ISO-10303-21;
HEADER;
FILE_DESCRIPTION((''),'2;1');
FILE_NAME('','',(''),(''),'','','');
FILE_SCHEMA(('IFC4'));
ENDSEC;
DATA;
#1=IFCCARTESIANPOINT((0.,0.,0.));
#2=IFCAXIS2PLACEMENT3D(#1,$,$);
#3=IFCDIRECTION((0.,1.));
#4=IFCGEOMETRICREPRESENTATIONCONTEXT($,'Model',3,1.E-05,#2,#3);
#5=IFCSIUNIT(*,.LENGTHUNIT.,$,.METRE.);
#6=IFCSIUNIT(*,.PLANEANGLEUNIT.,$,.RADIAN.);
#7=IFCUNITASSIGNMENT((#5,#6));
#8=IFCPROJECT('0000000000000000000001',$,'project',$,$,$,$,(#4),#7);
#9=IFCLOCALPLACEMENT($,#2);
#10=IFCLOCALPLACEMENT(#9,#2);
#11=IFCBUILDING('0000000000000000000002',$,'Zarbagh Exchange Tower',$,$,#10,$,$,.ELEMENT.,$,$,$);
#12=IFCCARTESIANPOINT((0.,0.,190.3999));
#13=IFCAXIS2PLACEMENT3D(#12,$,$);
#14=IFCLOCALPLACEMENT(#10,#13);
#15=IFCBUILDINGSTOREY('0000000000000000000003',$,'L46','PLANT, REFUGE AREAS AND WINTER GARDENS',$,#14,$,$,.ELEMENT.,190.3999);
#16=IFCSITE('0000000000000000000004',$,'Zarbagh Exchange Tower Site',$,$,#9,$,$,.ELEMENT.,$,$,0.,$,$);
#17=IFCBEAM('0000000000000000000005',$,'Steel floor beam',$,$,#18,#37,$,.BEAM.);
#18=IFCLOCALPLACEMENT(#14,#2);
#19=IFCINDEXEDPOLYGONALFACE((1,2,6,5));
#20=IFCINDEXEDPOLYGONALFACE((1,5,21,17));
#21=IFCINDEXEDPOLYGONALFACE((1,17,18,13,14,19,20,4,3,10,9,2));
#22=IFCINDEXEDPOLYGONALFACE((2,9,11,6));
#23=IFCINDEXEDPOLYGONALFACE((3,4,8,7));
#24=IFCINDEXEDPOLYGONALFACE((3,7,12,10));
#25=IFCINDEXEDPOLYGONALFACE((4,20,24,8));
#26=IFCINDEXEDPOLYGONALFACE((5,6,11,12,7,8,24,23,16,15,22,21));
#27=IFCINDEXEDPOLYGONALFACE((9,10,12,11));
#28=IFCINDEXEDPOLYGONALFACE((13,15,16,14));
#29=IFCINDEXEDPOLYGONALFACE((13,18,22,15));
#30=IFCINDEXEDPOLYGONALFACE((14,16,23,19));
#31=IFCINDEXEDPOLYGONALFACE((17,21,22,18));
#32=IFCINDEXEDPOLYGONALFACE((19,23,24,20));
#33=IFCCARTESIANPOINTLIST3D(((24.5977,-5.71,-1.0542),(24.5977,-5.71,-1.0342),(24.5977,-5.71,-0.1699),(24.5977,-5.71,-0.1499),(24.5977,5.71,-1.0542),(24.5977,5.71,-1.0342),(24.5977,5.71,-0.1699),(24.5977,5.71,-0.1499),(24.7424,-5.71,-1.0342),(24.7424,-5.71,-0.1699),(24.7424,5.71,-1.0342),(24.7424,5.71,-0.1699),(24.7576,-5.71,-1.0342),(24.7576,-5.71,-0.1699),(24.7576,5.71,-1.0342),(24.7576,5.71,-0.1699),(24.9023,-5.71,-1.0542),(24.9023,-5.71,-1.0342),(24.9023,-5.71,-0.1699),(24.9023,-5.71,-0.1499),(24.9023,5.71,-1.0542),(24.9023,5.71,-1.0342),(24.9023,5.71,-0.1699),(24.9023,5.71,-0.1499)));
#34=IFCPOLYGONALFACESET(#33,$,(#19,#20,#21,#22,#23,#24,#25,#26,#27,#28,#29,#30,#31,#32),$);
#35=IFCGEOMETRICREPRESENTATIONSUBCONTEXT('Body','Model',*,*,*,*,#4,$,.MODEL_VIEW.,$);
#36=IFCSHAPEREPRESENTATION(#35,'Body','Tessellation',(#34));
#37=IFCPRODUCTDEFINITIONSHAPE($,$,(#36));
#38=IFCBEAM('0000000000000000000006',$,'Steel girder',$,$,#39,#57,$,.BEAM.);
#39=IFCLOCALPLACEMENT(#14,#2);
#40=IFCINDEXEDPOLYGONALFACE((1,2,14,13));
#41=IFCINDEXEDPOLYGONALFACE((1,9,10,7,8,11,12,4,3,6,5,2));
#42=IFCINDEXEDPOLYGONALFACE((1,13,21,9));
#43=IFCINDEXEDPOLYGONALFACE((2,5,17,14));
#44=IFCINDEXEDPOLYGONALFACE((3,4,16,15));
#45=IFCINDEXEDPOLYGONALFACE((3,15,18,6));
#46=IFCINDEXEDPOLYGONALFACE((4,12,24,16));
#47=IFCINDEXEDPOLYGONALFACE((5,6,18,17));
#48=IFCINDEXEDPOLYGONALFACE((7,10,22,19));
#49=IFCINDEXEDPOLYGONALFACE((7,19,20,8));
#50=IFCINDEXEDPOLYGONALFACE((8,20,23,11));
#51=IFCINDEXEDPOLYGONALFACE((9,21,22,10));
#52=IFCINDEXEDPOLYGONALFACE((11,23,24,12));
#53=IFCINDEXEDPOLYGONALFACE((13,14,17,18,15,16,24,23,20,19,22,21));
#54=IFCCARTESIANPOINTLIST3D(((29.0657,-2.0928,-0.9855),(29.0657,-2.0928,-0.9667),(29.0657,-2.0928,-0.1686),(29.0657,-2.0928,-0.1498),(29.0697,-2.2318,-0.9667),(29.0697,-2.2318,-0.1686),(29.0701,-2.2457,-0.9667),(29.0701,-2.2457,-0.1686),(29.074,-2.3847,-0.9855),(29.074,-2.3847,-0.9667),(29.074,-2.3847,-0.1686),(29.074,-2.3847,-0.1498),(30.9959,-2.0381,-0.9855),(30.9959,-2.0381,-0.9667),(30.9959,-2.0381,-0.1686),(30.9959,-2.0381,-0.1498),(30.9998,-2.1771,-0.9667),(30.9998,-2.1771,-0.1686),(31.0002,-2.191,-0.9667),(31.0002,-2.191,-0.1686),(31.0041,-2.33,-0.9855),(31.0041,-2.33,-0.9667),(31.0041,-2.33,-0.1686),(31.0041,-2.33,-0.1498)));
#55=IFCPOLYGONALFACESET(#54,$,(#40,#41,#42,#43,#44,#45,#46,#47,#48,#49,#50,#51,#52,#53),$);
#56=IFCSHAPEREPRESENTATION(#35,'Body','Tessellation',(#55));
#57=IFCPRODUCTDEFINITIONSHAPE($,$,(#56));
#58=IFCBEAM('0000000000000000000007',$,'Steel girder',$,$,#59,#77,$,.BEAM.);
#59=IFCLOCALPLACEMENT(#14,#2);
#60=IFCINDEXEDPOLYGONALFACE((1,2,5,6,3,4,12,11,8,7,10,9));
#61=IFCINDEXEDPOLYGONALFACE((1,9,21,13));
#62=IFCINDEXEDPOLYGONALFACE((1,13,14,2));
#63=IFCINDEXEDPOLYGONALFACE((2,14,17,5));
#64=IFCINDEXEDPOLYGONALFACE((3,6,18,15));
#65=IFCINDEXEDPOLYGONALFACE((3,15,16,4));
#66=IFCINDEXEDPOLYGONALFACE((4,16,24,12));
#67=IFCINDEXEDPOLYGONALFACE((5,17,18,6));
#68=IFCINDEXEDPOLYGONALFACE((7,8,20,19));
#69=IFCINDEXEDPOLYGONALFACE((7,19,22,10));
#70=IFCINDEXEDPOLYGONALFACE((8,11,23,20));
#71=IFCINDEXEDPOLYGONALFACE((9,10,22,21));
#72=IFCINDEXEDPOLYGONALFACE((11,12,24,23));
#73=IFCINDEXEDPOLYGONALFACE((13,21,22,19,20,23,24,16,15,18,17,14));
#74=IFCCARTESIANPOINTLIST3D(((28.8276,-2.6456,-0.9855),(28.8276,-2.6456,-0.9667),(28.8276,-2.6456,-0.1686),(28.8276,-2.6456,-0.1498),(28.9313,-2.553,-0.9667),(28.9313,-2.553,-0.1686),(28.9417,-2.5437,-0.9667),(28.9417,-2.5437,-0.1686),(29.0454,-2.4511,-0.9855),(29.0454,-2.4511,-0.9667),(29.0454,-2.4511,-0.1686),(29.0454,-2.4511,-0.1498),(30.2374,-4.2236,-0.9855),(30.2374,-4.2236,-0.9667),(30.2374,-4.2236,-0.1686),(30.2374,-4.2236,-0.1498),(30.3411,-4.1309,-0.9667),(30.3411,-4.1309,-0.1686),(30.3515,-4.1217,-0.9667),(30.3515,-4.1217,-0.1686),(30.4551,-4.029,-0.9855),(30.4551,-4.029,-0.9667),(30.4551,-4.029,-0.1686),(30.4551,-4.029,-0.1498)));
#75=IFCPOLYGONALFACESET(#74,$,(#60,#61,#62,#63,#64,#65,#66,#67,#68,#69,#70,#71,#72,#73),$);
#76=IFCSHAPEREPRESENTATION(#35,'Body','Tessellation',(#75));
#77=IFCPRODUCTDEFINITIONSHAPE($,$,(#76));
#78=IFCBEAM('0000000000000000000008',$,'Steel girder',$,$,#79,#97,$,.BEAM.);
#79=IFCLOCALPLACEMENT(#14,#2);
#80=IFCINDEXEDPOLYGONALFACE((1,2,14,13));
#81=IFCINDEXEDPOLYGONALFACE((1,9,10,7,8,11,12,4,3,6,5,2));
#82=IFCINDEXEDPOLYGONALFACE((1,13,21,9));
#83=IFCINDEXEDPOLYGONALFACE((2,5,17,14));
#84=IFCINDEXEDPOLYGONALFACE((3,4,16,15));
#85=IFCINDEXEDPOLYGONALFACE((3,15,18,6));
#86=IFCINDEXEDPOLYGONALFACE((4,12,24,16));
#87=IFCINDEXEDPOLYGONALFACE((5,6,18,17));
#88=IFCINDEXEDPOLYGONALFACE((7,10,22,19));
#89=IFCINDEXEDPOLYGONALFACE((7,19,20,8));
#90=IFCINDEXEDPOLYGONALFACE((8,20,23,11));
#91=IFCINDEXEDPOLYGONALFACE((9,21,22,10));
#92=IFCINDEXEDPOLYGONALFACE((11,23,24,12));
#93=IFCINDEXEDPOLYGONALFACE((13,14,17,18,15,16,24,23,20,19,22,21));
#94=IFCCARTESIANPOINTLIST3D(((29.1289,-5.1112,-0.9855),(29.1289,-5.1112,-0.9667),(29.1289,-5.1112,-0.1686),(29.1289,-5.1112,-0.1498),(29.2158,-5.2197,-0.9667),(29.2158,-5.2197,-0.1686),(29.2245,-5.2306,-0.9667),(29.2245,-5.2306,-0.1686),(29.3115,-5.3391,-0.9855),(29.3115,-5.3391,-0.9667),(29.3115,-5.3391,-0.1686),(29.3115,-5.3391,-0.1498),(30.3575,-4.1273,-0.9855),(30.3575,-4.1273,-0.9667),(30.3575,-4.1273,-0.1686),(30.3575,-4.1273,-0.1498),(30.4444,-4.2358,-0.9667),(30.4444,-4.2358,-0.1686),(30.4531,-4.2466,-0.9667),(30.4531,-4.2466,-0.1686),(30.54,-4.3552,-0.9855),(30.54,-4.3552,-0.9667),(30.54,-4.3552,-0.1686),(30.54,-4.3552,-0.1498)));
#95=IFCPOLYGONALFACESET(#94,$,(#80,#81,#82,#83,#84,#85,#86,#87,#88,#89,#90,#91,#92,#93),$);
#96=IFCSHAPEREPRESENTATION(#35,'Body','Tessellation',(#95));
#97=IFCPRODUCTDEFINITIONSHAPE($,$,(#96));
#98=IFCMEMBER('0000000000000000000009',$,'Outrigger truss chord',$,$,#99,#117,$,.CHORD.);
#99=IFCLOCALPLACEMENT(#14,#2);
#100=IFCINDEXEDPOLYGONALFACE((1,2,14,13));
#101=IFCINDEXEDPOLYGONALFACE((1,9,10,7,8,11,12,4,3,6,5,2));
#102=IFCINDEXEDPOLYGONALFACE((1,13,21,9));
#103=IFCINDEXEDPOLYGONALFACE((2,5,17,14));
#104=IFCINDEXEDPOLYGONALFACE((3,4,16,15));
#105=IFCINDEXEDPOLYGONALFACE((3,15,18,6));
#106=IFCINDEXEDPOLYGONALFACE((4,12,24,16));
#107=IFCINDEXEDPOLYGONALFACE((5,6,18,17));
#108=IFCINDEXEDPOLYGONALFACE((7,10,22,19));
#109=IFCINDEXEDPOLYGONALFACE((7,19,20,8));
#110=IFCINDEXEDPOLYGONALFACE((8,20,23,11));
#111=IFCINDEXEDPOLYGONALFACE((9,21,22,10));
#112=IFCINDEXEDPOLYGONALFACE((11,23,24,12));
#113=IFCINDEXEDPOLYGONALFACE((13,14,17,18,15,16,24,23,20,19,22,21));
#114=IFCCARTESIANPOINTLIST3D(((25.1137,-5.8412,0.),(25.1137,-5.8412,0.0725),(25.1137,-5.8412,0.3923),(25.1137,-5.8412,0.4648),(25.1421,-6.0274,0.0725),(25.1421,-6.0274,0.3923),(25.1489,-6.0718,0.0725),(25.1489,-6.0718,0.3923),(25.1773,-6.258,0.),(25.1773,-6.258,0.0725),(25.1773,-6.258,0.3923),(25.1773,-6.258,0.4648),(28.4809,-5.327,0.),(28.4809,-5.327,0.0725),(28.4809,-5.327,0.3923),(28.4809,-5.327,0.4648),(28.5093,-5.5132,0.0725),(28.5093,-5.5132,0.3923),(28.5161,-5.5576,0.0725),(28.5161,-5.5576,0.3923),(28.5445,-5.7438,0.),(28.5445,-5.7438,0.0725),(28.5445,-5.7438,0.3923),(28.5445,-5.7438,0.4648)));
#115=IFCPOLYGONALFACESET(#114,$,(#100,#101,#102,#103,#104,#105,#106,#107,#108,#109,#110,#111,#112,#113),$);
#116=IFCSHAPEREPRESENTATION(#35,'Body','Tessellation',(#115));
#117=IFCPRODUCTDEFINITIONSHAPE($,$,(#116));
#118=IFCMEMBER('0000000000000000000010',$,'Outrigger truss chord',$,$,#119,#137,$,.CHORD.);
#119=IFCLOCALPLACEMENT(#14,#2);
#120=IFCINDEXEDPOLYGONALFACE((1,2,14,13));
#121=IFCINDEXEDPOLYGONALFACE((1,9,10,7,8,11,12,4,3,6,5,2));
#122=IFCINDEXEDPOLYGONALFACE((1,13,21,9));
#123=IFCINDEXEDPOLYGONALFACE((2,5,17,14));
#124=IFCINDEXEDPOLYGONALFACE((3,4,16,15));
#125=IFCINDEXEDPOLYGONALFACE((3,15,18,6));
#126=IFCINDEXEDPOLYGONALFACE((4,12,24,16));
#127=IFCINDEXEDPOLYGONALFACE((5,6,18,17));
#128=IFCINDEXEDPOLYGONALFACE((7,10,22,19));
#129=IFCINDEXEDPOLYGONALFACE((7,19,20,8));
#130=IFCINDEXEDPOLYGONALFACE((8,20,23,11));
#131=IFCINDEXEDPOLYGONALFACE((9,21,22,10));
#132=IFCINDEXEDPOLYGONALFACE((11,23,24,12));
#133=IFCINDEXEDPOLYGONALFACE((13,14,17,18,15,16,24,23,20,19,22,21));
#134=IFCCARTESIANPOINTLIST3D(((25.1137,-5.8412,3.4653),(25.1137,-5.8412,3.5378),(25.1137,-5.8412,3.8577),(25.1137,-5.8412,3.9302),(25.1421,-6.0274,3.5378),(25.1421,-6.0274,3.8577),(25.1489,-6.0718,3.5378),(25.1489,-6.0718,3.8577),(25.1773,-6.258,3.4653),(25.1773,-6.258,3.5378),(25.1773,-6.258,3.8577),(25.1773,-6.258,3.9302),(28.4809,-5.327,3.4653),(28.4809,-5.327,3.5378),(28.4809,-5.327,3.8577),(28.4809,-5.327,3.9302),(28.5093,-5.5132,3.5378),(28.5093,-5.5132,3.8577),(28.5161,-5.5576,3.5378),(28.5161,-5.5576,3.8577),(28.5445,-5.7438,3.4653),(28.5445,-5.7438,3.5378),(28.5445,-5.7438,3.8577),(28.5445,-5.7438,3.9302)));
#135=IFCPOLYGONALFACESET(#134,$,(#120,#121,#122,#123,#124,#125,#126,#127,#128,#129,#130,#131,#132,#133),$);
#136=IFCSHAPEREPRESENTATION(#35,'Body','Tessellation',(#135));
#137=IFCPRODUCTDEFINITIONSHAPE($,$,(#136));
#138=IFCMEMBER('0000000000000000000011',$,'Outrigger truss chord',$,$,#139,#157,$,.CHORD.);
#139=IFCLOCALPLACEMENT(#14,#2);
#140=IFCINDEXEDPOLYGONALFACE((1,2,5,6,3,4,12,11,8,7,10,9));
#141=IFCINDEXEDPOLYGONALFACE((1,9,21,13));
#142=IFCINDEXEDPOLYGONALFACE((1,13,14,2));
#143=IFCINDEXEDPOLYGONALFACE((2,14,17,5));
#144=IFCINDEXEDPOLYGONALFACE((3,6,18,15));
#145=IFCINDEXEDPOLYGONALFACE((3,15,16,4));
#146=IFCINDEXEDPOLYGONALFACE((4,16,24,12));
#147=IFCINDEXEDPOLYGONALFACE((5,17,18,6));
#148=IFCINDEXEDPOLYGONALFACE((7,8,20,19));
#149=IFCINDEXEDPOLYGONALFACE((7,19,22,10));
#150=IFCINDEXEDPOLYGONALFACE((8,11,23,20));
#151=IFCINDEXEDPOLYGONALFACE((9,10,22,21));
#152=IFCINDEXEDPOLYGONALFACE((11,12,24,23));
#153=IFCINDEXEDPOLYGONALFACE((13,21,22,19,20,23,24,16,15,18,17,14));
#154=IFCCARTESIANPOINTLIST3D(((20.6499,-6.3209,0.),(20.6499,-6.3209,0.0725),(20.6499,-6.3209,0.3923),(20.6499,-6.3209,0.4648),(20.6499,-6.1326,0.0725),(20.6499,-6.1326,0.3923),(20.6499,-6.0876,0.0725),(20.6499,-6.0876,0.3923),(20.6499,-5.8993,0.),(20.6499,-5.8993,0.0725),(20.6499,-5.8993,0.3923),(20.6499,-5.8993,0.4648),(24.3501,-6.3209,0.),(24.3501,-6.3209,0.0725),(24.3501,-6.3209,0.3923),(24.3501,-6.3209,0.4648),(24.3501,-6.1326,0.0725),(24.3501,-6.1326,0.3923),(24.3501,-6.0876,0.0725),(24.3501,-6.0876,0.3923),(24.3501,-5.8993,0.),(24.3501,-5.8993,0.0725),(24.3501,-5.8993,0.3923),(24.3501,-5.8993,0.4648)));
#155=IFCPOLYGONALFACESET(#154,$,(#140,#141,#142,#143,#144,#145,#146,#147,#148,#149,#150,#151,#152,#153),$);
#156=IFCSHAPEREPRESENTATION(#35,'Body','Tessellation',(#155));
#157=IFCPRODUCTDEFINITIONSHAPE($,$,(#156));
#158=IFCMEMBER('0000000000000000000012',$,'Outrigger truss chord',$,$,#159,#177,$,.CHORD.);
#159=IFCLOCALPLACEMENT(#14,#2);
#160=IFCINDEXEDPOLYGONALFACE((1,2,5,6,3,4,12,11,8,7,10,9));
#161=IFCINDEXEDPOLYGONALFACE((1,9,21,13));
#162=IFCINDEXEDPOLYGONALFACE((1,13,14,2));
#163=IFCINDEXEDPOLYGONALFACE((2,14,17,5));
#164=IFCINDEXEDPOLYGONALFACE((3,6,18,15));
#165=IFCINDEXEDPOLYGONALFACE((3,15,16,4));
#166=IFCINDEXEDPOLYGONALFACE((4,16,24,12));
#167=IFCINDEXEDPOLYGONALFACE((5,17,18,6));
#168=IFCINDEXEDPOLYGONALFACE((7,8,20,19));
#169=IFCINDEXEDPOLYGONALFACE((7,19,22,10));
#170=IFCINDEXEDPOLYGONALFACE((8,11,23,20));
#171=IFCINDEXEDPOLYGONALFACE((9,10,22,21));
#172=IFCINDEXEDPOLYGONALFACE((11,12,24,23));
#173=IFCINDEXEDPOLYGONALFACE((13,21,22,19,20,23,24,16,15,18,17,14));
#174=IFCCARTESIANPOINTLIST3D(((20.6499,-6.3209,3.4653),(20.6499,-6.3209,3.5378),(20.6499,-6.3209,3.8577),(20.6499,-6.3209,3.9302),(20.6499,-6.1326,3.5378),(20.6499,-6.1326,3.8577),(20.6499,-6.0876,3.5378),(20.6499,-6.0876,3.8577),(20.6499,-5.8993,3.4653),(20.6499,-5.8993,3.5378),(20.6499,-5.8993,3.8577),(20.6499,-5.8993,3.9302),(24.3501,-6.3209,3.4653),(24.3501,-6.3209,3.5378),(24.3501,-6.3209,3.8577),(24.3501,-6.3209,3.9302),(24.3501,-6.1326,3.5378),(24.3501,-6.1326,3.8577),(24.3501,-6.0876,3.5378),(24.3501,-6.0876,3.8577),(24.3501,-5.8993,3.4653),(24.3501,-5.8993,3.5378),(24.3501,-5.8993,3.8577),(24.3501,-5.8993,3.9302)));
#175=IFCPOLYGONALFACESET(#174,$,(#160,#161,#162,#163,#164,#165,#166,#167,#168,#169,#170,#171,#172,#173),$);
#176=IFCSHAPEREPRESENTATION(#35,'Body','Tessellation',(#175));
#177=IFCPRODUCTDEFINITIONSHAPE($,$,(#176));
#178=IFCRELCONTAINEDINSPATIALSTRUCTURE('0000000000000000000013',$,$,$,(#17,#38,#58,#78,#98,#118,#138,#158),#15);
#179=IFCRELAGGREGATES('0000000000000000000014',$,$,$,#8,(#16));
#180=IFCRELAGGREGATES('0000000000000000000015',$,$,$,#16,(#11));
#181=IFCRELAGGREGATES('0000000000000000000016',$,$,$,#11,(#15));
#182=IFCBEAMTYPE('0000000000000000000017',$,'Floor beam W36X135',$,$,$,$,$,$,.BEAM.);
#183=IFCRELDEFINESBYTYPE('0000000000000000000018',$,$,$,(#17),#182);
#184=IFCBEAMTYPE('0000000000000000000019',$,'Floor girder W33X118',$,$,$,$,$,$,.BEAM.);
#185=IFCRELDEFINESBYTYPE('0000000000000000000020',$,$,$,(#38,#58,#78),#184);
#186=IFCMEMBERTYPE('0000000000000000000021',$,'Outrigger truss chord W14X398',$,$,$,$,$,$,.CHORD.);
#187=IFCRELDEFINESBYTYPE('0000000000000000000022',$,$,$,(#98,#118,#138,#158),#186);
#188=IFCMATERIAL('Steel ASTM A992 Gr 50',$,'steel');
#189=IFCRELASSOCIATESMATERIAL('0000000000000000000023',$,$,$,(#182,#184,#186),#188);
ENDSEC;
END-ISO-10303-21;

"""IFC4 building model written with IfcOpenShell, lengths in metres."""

from ifc_helpers import new_model, si_unit, direction, frame, origin, origin_2d, place, context, subcontext, project, spatial, i_section, extrude, material, material_profile, profile_set, type_object, element, save


model = new_model("IFC4")

# Units and contexts
model_context = context("Model", 3, precision=1e-05, world=origin(), true_north=direction((0.0, 1.0)))
body_context = subcontext(model_context, "Body", "Model", "MODEL_VIEW")
ifc_project = project(units=[si_unit("LENGTHUNIT", "METRE"), si_unit("PLANEANGLEUNIT", "RADIAN")], contexts=[model_context])

# Site, building, storey
site_placement = place(None, origin())
site = spatial("IfcSite", under=ifc_project, at=site_placement, Name="Zarbagh Exchange Tower Site", CompositionType="ELEMENT", RefElevation=0.0)
building_placement = place(site_placement, origin())
building = spatial("IfcBuilding", under=site, at=building_placement, Name="Zarbagh Exchange Tower", CompositionType="ELEMENT")
storey_placement = place(building_placement, frame((0.0, 0.0, 190.3999)))
storey = spatial("IfcBuildingStorey", under=building, at=storey_placement, Name="L46", Description="PLANT, REFUGE AREAS AND WINTER GARDENS", CompositionType="ELEMENT", Elevation=190.3999)

# Shared definitions
ifc_material_1 = material(Name="Steel ASTM A992 Gr 50", Category="steel")

# Beams
ifc_material_profile_1 = material_profile(ifc_material_1, i_section(OverallWidth=0.3047, OverallDepth=0.9043, WebThickness=0.0151, FlangeThickness=0.02, at=origin_2d()), Name="W36X135")
ifc_profile_set_1 = profile_set([ifc_material_profile_1], Name="Steel ASTM A992 Gr 50")
beam_type_1 = type_object("IfcBeamType", Name="Floor beam W36X135", PredefinedType="BEAM", material=ifc_profile_set_1)
for number, where, z_axis, x_axis, name in (
    (1, (24.75, -5.71, -0.6021), (0.0, 1.0, 0.0), (-1.0, 0.0, 0.0), "Steel floor beam"),
):
    element("IfcBeam", number, at=place(storey_placement, frame(where, z_axis=z_axis, x_axis=x_axis)), inside=storey, type_object=beam_type_1, Name=name, PredefinedType="BEAM", context=body_context, shape_type="SweptSolid", body=[
        extrude(i_section(OverallWidth=0.3047, OverallDepth=0.9043, WebThickness=0.0151, FlangeThickness=0.02, at=origin_2d()), origin(), (0.0, 0.0, 1.0), 11.4199),
    ])
ifc_material_profile_2 = material_profile(ifc_material_1, i_section(OverallWidth=0.292, OverallDepth=0.8357, WebThickness=0.0139, FlangeThickness=0.0188, at=origin_2d()), Name="W33X118")
ifc_profile_set_2 = profile_set([ifc_material_profile_2], Name="Steel ASTM A992 Gr 50")
beam_type_2 = type_object("IfcBeamType", Name="Floor girder W33X118", PredefinedType="BEAM", material=ifc_profile_set_2)
beam_1_placement = place(storey_placement, frame((31.0, -2.1841, -0.5676), z_axis=(-0.999599, -0.028322, 0.0), x_axis=(0.028322, -0.999599, 0.0)))
element("IfcBeam", 2, at=beam_1_placement, inside=storey, type_object=beam_type_2, Name="Steel girder", PredefinedType="BEAM", context=body_context, shape_type="SweptSolid", body=[
    extrude(i_section(OverallWidth=0.292, OverallDepth=0.8357, WebThickness=0.0139, FlangeThickness=0.0188, at=origin_2d()), origin(), (0.0, 0.0, 1.0), 1.9309),
])
beam_2_placement = place(storey_placement, frame((28.9365, -2.5483, -0.5676), z_axis=(0.666238, -0.745739, 0.0), x_axis=(0.745739, 0.666238, 0.0)))
element("IfcBeam", 3, at=beam_2_placement, inside=storey, type_object=beam_type_2, Name="Steel girder", PredefinedType="BEAM", context=body_context, shape_type="SweptSolid", body=[
    extrude(i_section(OverallWidth=0.292, OverallDepth=0.8357, WebThickness=0.0139, FlangeThickness=0.0188, at=origin_2d()), origin(), (0.0, 0.0, 1.0), 2.116),
])
beam_3_placement = place(storey_placement, frame((30.4487, -4.2412, -0.5676), z_axis=(-0.780536, -0.625111, 0.0), x_axis=(0.625111, -0.780536, 0.0)))
element("IfcBeam", 4, at=beam_3_placement, inside=storey, type_object=beam_type_2, Name="Steel girder", PredefinedType="BEAM", context=body_context, shape_type="SweptSolid", body=[
    extrude(i_section(OverallWidth=0.292, OverallDepth=0.8357, WebThickness=0.0139, FlangeThickness=0.0188, at=origin_2d()), origin(), (0.0, 0.0, 1.0), 1.574),
])

# Members
ifc_material_profile_3 = material_profile(ifc_material_1, i_section(OverallWidth=0.4216, OverallDepth=0.4648, WebThickness=0.0449, FlangeThickness=0.0725, at=origin_2d()), Name="W14X398")
ifc_profile_set_3 = profile_set([ifc_material_profile_3], Name="Steel ASTM A992 Gr 50")
member_type_1 = type_object("IfcMemberType", Name="Outrigger truss chord W14X398", PredefinedType="CHORD", material=ifc_profile_set_3)
for number, where, z_axis, x_axis, name in (
    (5, (28.5127, -5.5354, 0.2324), (-0.988542, -0.150948, 0.0), (0.150948, -0.988542, 0.0), "Outrigger truss chord"),
    (6, (28.5127, -5.5354, 3.6978), (-0.988542, -0.150948, 0.0), (0.150948, -0.988542, 0.0), "Outrigger truss chord"),
):
    element("IfcMember", number, at=place(storey_placement, frame(where, z_axis=z_axis, x_axis=x_axis)), inside=storey, type_object=member_type_1, Name=name, PredefinedType="CHORD", context=body_context, shape_type="SweptSolid", body=[
        extrude(i_section(OverallWidth=0.4216, OverallDepth=0.4648, WebThickness=0.0449, FlangeThickness=0.0725, at=origin_2d()), origin(), (0.0, 0.0, 1.0), 3.4062),
    ])
for number, where, z_axis, x_axis, name in (
    (7, (24.3501, -6.1101, 0.2324), (-1.0, 0.0, 0.0), (0.0, -1.0, 0.0), "Outrigger truss chord"),
    (8, (24.3501, -6.1101, 3.6978), (-1.0, 0.0, 0.0), (0.0, -1.0, 0.0), "Outrigger truss chord"),
):
    element("IfcMember", number, at=place(storey_placement, frame(where, z_axis=z_axis, x_axis=x_axis)), inside=storey, type_object=member_type_1, Name=name, PredefinedType="CHORD", context=body_context, shape_type="SweptSolid", body=[
        extrude(i_section(OverallWidth=0.4216, OverallDepth=0.4648, WebThickness=0.0449, FlangeThickness=0.0725, at=origin_2d()), origin(), (0.0, 0.0, 1.0), 3.7002),
    ])

save(model, "model.ifc")
